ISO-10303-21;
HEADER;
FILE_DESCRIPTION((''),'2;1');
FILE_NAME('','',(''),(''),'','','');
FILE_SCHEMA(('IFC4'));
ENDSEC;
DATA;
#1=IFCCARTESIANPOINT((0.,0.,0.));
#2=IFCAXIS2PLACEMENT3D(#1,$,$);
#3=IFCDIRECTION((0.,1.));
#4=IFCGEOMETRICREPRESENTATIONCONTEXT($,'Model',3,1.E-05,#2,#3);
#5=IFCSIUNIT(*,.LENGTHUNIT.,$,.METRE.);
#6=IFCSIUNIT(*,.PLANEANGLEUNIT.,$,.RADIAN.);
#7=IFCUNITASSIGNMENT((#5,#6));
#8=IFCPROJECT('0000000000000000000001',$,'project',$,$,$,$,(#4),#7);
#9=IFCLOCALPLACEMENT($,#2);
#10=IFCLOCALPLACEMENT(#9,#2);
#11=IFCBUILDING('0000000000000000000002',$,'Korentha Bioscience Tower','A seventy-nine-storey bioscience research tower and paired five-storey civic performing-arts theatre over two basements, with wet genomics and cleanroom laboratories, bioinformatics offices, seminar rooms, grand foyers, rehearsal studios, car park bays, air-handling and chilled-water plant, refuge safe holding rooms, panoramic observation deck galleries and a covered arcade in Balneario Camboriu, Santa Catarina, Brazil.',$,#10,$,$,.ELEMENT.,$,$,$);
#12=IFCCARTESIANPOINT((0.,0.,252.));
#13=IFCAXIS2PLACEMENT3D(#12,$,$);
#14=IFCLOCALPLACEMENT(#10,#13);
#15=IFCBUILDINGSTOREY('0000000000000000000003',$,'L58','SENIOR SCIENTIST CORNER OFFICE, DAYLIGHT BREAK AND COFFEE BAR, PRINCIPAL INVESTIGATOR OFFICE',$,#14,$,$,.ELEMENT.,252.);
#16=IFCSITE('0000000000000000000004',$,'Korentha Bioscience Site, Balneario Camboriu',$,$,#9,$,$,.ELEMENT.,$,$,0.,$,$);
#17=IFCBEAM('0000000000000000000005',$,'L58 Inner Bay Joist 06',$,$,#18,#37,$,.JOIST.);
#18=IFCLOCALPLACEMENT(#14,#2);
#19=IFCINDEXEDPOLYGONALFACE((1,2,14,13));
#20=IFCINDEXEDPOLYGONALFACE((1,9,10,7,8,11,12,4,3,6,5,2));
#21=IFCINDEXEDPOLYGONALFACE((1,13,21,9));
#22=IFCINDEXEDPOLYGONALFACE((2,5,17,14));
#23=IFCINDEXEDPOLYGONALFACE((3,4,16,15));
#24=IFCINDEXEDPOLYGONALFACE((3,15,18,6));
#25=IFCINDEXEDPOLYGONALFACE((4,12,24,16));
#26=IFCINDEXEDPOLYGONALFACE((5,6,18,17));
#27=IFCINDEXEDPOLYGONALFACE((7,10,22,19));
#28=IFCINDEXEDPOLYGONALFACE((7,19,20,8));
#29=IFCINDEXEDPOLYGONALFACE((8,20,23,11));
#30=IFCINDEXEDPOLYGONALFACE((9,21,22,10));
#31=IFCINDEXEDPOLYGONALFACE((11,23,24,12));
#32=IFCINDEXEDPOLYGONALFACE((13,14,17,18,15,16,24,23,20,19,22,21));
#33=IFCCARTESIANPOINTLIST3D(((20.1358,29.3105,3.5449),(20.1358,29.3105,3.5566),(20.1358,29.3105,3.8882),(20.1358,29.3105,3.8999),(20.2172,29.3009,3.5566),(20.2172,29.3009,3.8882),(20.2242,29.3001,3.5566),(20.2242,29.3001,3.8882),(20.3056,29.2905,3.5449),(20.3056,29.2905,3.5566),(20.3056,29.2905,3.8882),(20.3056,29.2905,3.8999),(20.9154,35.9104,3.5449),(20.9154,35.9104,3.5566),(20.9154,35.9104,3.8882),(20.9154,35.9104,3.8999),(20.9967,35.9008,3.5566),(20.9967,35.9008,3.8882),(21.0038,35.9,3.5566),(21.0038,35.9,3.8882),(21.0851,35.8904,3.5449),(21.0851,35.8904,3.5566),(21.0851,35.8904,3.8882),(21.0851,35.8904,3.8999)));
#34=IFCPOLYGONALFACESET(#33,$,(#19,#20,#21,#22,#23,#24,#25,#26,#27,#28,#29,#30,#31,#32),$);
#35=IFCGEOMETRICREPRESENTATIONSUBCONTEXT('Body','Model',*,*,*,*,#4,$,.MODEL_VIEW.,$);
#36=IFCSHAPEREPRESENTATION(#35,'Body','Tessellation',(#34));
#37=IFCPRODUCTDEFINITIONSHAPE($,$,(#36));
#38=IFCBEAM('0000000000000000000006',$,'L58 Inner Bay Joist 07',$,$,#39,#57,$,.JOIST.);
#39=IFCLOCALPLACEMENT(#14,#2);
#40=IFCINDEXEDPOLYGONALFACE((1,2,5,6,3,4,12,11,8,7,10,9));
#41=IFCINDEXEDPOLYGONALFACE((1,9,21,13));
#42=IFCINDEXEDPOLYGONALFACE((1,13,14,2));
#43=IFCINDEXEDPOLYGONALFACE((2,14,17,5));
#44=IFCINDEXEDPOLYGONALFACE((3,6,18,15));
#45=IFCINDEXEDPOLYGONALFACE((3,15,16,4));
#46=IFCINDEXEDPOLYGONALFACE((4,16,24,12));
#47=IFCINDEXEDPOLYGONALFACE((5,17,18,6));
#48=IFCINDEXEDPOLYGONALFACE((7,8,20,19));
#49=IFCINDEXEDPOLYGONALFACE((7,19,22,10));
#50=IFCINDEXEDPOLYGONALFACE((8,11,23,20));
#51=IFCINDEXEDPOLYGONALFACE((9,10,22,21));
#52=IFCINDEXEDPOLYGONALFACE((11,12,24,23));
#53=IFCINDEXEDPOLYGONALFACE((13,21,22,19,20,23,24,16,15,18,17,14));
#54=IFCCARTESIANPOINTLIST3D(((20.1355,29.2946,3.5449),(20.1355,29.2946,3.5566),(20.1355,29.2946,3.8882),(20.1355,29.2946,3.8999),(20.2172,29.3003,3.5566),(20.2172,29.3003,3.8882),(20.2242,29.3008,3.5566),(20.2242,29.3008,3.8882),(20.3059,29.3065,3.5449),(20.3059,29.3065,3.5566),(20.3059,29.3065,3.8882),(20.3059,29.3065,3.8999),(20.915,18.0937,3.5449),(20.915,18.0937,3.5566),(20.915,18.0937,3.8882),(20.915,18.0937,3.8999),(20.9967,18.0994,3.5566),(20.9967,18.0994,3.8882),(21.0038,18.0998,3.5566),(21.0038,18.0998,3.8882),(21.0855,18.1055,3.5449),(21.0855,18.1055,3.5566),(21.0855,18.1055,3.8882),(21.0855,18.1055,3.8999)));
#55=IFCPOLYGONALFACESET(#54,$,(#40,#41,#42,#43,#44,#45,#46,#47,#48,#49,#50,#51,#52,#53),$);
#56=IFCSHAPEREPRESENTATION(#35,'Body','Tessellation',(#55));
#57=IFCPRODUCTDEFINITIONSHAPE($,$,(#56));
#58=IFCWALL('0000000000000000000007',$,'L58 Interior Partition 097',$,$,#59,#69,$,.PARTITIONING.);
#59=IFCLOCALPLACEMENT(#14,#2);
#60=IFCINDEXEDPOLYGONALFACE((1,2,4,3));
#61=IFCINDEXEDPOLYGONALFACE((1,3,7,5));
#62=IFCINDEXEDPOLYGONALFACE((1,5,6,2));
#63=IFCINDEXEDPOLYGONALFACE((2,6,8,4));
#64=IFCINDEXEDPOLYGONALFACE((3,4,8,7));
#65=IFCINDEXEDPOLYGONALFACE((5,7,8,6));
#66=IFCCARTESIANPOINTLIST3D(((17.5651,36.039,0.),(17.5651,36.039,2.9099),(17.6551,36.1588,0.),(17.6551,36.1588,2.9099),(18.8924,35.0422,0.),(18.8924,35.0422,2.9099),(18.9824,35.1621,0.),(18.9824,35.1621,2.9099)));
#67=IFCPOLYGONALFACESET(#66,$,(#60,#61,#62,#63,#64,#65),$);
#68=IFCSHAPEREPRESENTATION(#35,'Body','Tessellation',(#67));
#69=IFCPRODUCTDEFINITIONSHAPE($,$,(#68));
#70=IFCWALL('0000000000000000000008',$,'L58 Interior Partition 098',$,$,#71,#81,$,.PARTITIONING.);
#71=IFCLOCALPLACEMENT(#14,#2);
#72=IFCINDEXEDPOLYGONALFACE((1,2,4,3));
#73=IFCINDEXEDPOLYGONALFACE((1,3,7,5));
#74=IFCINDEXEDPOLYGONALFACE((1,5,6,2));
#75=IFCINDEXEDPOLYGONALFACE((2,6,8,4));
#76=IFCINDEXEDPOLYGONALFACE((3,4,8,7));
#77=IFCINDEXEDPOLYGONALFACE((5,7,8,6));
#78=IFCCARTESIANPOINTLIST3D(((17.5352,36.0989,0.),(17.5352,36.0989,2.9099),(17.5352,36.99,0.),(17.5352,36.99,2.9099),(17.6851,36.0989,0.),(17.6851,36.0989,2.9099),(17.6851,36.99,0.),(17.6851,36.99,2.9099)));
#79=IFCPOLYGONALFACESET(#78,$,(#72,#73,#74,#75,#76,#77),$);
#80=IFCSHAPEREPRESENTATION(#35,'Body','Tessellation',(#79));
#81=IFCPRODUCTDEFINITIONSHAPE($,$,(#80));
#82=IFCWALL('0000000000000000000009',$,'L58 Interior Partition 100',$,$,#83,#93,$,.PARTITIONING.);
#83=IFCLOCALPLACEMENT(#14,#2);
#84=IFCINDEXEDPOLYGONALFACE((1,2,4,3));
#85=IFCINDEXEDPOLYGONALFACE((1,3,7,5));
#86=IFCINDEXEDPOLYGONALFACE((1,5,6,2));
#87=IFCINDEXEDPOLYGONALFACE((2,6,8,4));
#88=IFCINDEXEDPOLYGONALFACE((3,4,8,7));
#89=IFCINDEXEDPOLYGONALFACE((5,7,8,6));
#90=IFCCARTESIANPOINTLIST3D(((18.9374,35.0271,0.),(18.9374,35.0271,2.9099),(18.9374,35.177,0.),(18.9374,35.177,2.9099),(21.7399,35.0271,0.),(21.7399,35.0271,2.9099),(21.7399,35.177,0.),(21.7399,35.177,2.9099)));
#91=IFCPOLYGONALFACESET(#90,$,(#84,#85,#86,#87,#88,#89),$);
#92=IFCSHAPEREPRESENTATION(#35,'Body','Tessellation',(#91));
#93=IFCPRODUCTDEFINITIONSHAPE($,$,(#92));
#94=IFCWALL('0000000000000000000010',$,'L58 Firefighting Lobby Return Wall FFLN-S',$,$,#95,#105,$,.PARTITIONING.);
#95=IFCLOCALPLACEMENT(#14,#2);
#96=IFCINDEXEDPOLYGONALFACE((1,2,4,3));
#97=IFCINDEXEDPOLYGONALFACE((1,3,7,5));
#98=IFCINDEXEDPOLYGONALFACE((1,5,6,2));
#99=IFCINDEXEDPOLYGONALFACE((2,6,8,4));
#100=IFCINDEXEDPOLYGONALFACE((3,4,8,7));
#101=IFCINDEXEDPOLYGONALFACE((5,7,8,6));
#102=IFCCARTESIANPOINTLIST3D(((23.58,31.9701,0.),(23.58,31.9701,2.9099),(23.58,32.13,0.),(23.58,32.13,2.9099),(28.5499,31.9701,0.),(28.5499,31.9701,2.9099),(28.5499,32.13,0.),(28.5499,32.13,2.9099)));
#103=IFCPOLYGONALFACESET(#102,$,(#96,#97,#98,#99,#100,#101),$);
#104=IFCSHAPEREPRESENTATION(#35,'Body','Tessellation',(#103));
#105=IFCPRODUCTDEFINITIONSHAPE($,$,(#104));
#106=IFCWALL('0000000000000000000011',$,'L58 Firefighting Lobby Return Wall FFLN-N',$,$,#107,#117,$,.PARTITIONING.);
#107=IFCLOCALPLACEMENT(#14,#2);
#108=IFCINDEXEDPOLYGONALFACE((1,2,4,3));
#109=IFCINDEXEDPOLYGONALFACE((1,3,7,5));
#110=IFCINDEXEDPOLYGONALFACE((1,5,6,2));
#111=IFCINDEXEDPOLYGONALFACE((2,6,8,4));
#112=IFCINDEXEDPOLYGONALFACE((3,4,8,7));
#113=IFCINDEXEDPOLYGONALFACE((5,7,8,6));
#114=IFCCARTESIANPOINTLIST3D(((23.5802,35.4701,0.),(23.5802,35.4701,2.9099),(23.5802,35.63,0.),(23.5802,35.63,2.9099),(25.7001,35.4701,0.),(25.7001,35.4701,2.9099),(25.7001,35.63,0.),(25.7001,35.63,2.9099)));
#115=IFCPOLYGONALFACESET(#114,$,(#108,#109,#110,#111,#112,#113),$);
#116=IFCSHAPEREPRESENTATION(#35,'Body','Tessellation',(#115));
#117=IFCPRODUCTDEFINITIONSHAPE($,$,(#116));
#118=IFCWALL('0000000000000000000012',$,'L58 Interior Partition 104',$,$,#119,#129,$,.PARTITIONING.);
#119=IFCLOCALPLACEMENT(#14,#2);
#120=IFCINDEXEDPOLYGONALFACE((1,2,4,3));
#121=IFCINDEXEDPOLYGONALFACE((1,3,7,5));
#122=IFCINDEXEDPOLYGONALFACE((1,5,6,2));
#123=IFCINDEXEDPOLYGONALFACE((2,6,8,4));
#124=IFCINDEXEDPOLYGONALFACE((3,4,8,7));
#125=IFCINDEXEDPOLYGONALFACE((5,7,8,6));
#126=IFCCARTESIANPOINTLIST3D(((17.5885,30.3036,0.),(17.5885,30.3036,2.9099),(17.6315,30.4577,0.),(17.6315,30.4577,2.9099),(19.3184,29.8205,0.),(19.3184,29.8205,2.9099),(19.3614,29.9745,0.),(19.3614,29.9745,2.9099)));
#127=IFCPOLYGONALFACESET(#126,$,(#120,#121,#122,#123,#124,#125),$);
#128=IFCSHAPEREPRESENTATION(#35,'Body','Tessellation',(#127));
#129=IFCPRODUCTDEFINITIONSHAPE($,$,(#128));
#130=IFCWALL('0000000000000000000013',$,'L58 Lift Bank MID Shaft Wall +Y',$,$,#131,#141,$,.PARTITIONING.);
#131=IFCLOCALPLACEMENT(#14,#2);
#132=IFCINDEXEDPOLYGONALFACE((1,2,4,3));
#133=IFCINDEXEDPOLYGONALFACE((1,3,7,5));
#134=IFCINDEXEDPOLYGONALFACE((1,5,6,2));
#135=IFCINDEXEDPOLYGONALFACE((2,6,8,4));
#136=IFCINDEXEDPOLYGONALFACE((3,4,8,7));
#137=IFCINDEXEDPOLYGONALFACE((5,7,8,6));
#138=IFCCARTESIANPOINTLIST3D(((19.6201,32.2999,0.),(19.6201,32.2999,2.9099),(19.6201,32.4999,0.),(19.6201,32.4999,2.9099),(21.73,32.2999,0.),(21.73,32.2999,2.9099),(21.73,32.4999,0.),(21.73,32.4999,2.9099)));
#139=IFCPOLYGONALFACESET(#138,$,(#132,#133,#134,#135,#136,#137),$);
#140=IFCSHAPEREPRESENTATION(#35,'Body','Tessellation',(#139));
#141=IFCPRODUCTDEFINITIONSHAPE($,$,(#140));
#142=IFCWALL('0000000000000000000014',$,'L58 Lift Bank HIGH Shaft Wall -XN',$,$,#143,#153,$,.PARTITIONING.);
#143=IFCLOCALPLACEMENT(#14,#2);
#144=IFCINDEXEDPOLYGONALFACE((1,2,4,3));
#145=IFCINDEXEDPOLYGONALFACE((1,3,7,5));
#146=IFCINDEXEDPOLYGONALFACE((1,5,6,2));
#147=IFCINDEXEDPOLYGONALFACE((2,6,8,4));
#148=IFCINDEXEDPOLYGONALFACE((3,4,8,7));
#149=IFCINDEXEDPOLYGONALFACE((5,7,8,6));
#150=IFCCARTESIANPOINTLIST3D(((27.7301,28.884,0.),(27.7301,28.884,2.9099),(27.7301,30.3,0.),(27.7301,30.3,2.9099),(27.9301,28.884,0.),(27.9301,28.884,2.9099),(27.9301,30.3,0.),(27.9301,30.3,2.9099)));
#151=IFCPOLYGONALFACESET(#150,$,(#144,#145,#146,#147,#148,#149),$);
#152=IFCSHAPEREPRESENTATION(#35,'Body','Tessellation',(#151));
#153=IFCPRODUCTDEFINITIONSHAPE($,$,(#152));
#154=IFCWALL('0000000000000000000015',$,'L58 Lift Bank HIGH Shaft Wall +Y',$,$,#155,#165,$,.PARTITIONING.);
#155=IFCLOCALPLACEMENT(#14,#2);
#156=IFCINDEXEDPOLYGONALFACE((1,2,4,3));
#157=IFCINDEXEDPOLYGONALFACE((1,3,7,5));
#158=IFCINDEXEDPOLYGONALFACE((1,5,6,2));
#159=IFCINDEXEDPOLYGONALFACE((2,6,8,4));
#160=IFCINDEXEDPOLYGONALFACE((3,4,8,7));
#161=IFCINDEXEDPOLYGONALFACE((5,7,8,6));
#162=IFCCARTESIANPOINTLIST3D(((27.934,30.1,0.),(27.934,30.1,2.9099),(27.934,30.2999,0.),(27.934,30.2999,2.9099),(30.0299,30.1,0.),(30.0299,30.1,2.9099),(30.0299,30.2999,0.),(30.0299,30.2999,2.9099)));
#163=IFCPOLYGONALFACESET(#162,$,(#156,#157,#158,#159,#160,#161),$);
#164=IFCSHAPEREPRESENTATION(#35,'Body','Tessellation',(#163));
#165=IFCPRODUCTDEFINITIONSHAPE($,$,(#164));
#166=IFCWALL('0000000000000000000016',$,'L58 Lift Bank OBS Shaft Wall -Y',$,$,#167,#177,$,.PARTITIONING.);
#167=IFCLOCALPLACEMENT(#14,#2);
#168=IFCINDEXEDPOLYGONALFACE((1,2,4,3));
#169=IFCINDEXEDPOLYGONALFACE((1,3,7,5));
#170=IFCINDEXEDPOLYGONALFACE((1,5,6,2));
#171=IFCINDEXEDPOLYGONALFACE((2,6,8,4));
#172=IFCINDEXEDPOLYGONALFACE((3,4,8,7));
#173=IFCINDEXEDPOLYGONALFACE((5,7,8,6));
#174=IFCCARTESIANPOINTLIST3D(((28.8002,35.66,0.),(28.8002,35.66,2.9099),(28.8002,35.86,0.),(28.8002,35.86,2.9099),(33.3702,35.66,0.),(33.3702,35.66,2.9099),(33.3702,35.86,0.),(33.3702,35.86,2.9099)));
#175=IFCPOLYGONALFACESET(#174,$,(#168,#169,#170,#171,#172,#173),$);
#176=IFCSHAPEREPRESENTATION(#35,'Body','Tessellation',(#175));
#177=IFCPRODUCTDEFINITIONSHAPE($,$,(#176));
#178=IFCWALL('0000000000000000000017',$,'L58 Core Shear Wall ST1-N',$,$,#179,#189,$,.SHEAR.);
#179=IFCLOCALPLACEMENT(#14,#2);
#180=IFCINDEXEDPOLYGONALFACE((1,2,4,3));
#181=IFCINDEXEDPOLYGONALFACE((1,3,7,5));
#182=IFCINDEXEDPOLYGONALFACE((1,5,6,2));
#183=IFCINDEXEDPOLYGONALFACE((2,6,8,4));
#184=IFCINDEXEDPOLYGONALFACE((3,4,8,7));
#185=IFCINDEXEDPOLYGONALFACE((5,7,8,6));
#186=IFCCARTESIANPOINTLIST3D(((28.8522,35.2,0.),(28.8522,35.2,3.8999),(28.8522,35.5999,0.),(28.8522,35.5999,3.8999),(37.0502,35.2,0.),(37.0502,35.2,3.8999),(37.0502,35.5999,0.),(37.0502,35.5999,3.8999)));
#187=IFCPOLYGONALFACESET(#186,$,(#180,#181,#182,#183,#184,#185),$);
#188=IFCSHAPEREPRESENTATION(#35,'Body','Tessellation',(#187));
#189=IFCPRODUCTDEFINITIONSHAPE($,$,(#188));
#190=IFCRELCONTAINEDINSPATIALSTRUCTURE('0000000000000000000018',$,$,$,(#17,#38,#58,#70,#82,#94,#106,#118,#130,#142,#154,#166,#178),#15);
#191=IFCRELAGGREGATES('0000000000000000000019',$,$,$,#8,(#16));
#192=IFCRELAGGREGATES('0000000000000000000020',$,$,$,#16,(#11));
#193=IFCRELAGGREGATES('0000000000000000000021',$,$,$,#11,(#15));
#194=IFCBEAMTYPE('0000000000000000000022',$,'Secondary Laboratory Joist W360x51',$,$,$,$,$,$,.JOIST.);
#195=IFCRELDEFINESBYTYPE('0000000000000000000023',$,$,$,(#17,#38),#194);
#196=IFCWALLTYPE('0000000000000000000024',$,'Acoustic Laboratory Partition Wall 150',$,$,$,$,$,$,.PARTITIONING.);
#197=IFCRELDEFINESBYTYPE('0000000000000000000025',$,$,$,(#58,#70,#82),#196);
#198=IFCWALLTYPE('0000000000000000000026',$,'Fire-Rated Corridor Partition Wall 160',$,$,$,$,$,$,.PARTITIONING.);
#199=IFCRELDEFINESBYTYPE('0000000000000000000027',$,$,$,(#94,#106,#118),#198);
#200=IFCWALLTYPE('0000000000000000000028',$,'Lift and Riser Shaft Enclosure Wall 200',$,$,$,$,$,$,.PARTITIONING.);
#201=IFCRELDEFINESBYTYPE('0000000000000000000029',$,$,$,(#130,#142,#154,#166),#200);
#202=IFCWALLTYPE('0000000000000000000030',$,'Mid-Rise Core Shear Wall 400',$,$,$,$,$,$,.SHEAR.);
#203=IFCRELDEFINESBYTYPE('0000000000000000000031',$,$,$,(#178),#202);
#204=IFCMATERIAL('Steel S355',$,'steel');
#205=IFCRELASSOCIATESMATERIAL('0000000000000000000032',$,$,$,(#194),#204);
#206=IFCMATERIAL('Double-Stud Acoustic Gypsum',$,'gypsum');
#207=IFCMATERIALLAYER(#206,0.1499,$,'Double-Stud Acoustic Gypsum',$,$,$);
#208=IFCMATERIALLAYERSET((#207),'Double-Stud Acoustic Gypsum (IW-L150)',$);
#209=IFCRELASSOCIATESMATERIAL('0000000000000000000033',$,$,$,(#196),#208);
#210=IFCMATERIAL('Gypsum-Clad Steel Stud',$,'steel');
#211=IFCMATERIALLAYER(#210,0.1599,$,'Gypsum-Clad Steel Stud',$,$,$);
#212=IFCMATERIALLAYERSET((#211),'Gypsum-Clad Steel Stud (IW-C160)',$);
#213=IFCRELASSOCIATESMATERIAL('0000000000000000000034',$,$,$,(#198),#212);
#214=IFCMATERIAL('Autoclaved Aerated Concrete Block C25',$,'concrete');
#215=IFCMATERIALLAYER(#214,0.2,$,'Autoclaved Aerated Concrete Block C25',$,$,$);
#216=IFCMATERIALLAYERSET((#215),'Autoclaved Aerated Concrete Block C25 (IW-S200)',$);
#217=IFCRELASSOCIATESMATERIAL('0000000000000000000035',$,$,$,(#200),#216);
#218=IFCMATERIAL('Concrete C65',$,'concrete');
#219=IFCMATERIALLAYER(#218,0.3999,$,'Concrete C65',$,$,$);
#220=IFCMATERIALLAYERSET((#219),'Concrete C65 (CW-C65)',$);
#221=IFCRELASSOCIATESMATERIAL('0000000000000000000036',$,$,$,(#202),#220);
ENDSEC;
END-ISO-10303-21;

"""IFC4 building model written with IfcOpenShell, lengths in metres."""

from ifc_helpers import new_model, si_unit, direction, frame, frame_2d, origin, origin_2d, place, context, subcontext, project, spatial, rectangle, i_section, extrude, material, layer, layer_set, material_profile, profile_set, type_object, element, save


model = new_model("IFC4")

# Units and contexts
model_context = context("Model", 3, precision=1e-05, world=origin(), true_north=direction((0.0, 1.0)))
body_context = subcontext(model_context, "Body", "Model", "MODEL_VIEW")
ifc_project = project(units=[si_unit("LENGTHUNIT", "METRE"), si_unit("PLANEANGLEUNIT", "RADIAN")], contexts=[model_context])

# Site, building, storey
site_placement = place(None, origin())
site = spatial("IfcSite", under=ifc_project, at=site_placement, Name="Korentha Bioscience Site, Balneario Camboriu", CompositionType="ELEMENT", RefElevation=0.0)
building_placement = place(site_placement, origin())
building = spatial("IfcBuilding", under=site, at=building_placement, Name="Korentha Bioscience Tower", Description="A seventy-nine-storey bioscience research tower and paired five-storey civic performing-arts theatre over two basements, with wet genomics and cleanroom laboratories, bioinformatics offices, seminar rooms, grand foyers, rehearsal studios, car park bays, air-handling and chilled-water plant, refuge safe holding rooms, panoramic observation deck galleries and a covered arcade in Balneario Camboriu, Santa Catarina, Brazil.", CompositionType="ELEMENT")
storey_placement = place(building_placement, frame((0.0, 0.0, 252.0)))
storey = spatial("IfcBuildingStorey", under=building, at=storey_placement, Name="L58", Description="SENIOR SCIENTIST CORNER OFFICE, DAYLIGHT BREAK AND COFFEE BAR, PRINCIPAL INVESTIGATOR OFFICE", CompositionType="ELEMENT", Elevation=252.0)

# Shared definitions
ifc_material_1 = material(Name="Concrete C65", Category="concrete")

# Beams
ifc_material_2 = material(Name="Steel S355", Category="steel")
ifc_material_profile_1 = material_profile(ifc_material_2, i_section(OverallWidth=0.1709, OverallDepth=0.355, WebThickness=0.0071, FlangeThickness=0.0117, at=origin_2d()), Name="Steel S355")
ifc_profile_set_1 = profile_set([ifc_material_profile_1], Name="Steel S355 (JB-360)")
beam_type_1 = type_object("IfcBeamType", Name="Secondary Laboratory Joist W360x51", PredefinedType="JOIST", material=ifc_profile_set_1)
beam_1_placement = place(storey_placement, frame((21.0002, 35.9004, 3.7224), z_axis=(-0.1173, -0.993097, 0.0), x_axis=(0.993097, -0.1173, 0.0)))
element("IfcBeam", 1, at=beam_1_placement, inside=storey, type_object=beam_type_1, Name="L58 Inner Bay Joist 06", PredefinedType="JOIST", context=body_context, shape_type="SweptSolid", body=[
    extrude(i_section(OverallWidth=0.1709, OverallDepth=0.355, WebThickness=0.0071, FlangeThickness=0.0117, at=origin_2d()), origin(), (0.0, 0.0, 1.0), 6.6458),
])
beam_2_placement = place(storey_placement, frame((20.2207, 29.3005, 3.7224), z_axis=(0.069428, -0.997587, 0.0), x_axis=(0.997587, 0.069428, 0.0)))
element("IfcBeam", 2, at=beam_2_placement, inside=storey, type_object=beam_type_1, Name="L58 Inner Bay Joist 07", PredefinedType="JOIST", context=body_context, shape_type="SweptSolid", body=[
    extrude(i_section(OverallWidth=0.1709, OverallDepth=0.355, WebThickness=0.0071, FlangeThickness=0.0117, at=origin_2d()), origin(), (0.0, 0.0, 1.0), 11.228),
])

# Walls
ifc_material_3 = material(Name="Double-Stud Acoustic Gypsum", Category="gypsum")
ifc_layer_1 = layer(ifc_material_3, 0.1499, Name="Double-Stud Acoustic Gypsum")
ifc_layer_set_1 = layer_set([ifc_layer_1], Name="Double-Stud Acoustic Gypsum (IW-L150)")
wall_type_1 = type_object("IfcWallType", Name="Acoustic Laboratory Partition Wall 150", PredefinedType="PARTITIONING", material=ifc_layer_set_1)
wall_1_placement = place(storey_placement, frame((18.9375, 35.1021, 0.0), z_axis=(0.0, 0.0, 1.0), x_axis=(-0.799629, 0.600494, 0.0)))
element("IfcWall", 3, at=wall_1_placement, inside=storey, type_object=wall_type_1, Name="L58 Interior Partition 097", PredefinedType="PARTITIONING", context=body_context, shape_type="SweptSolid", body=[
    extrude(rectangle(XDim=1.6599, YDim=0.1499, at=frame_2d((0.8301, 0.0))), origin(), (0.0, 0.0, 1.0), 2.9099),
])
wall_2_placement = place(storey_placement, frame((17.6101, 36.0989, 0.0), z_axis=(0.0, 0.0, 1.0), x_axis=(0.0, 1.0, 0.0)))
element("IfcWall", 4, at=wall_2_placement, inside=storey, type_object=wall_type_1, Name="L58 Interior Partition 098", PredefinedType="PARTITIONING", context=body_context, shape_type="SweptSolid", body=[
    extrude(rectangle(XDim=0.8911, YDim=0.1499, at=frame_2d((0.4456, 0.0))), origin(), (0.0, 0.0, 1.0), 2.9099),
])
wall_3_placement = place(storey_placement, frame((21.74, 35.1021, 0.0), z_axis=(0.0, 0.0, 1.0), x_axis=(-1.0, 0.0, 0.0)))
element("IfcWall", 5, at=wall_3_placement, inside=storey, type_object=wall_type_1, Name="L58 Interior Partition 100", PredefinedType="PARTITIONING", context=body_context, shape_type="SweptSolid", body=[
    extrude(rectangle(XDim=2.8025, YDim=0.1499, at=frame_2d((1.4014, 0.0))), origin(), (0.0, 0.0, 1.0), 2.9099),
])

# Shared definitions
ifc_material_4 = material(Name="Gypsum-Clad Steel Stud", Category="steel")
ifc_layer_2 = layer(ifc_material_4, 0.1599, Name="Gypsum-Clad Steel Stud")
ifc_layer_set_2 = layer_set([ifc_layer_2], Name="Gypsum-Clad Steel Stud (IW-C160)")
wall_type_2 = type_object("IfcWallType", Name="Fire-Rated Corridor Partition Wall 160", PredefinedType="PARTITIONING", material=ifc_layer_set_2)

# Walls
wall_4_placement = place(storey_placement, frame((23.5801, 32.05, 0.0), z_axis=(0.0, 0.0, 1.0), x_axis=(1.0, 0.0, 0.0)))
element("IfcWall", 6, at=wall_4_placement, inside=storey, type_object=wall_type_2, Name="L58 Firefighting Lobby Return Wall FFLN-S", PredefinedType="PARTITIONING", context=body_context, shape_type="SweptSolid", body=[
    extrude(rectangle(XDim=4.97, YDim=0.1599, at=frame_2d((2.4849, 0.0))), origin(), (0.0, 0.0, 1.0), 2.9099),
])
wall_5_placement = place(storey_placement, frame((23.5801, 35.55, 0.0), z_axis=(0.0, 0.0, 1.0), x_axis=(1.0, 0.0, 0.0)))
element("IfcWall", 7, at=wall_5_placement, inside=storey, type_object=wall_type_2, Name="L58 Firefighting Lobby Return Wall FFLN-N", PredefinedType="PARTITIONING", context=body_context, shape_type="SweptSolid", body=[
    extrude(rectangle(XDim=2.1199, YDim=0.1599, at=frame_2d((1.0601, 0.0))), origin(), (0.0, 0.0, 1.0), 2.9099),
])
wall_6_placement = place(storey_placement, frame((17.6101, 30.3806, 0.0), z_axis=(0.0, 0.0, 1.0), x_axis=(0.963143, -0.26899, 0.0)))
element("IfcWall", 8, at=wall_6_placement, inside=storey, type_object=wall_type_2, Name="L58 Interior Partition 104", PredefinedType="PARTITIONING", context=body_context, shape_type="SweptSolid", body=[
    extrude(rectangle(XDim=1.7961, YDim=0.1599, at=frame_2d((0.8979, 0.0))), origin(), (0.0, 0.0, 1.0), 2.9099),
])
ifc_material_5 = material(Name="Autoclaved Aerated Concrete Block C25", Category="concrete")
ifc_layer_3 = layer(ifc_material_5, 0.2, Name="Autoclaved Aerated Concrete Block C25")
ifc_layer_set_3 = layer_set([ifc_layer_3], Name="Autoclaved Aerated Concrete Block C25 (IW-S200)")
wall_type_3 = type_object("IfcWallType", Name="Lift and Riser Shaft Enclosure Wall 200", PredefinedType="PARTITIONING", material=ifc_layer_set_3)
wall_7_placement = place(storey_placement, frame((19.6201, 32.3999, 0.0), z_axis=(0.0, 0.0, 1.0), x_axis=(1.0, 0.0, 0.0)))
element("IfcWall", 9, at=wall_7_placement, inside=storey, type_object=wall_type_3, Name="L58 Lift Bank MID Shaft Wall +Y", PredefinedType="PARTITIONING", context=body_context, shape_type="SweptSolid", body=[
    extrude(rectangle(XDim=2.1099, YDim=0.2, at=frame_2d((1.0549, 0.0))), origin(), (0.0, 0.0, 1.0), 2.9099),
])
wall_8_placement = place(storey_placement, frame((27.8301, 28.884, 0.0), z_axis=(0.0, 0.0, 1.0), x_axis=(0.0, 1.0, 0.0)))
element("IfcWall", 10, at=wall_8_placement, inside=storey, type_object=wall_type_3, Name="L58 Lift Bank HIGH Shaft Wall -XN", PredefinedType="PARTITIONING", context=body_context, shape_type="SweptSolid", body=[
    extrude(rectangle(XDim=1.416, YDim=0.2, at=frame_2d((0.708, 0.0))), origin(), (0.0, 0.0, 1.0), 2.9099),
])
wall_9_placement = place(storey_placement, frame((27.9341, 30.2, 0.0), z_axis=(0.0, 0.0, 1.0), x_axis=(1.0, 0.0, 0.0)))
element("IfcWall", 11, at=wall_9_placement, inside=storey, type_object=wall_type_3, Name="L58 Lift Bank HIGH Shaft Wall +Y", PredefinedType="PARTITIONING", context=body_context, shape_type="SweptSolid", body=[
    extrude(rectangle(XDim=2.0959, YDim=0.2, at=frame_2d((1.0479, 0.0))), origin(), (0.0, 0.0, 1.0), 2.9099),
])
wall_10_placement = place(storey_placement, frame((28.8, 35.76, 0.0), z_axis=(0.0, 0.0, 1.0), x_axis=(1.0, 0.0, 0.0)))
element("IfcWall", 12, at=wall_10_placement, inside=storey, type_object=wall_type_3, Name="L58 Lift Bank OBS Shaft Wall -Y", PredefinedType="PARTITIONING", context=body_context, shape_type="SweptSolid", body=[
    extrude(rectangle(XDim=4.5701, YDim=0.2, at=frame_2d((2.2852, 0.0))), origin(), (0.0, 0.0, 1.0), 2.9099),
])
ifc_layer_4 = layer(ifc_material_1, 0.3999, Name="Concrete C65")
ifc_layer_set_4 = layer_set([ifc_layer_4], Name="Concrete C65 (CW-C65)")
wall_type_4 = type_object("IfcWallType", Name="Mid-Rise Core Shear Wall 400", PredefinedType="SHEAR", material=ifc_layer_set_4)
wall_11_placement = place(storey_placement, frame((28.8521, 35.3999, 0.0), z_axis=(0.0, 0.0, 1.0), x_axis=(1.0, 0.0, 0.0)))
element("IfcWall", 13, at=wall_11_placement, inside=storey, type_object=wall_type_4, Name="L58 Core Shear Wall ST1-N", PredefinedType="SHEAR", context=body_context, shape_type="SweptSolid", body=[
    extrude(rectangle(XDim=8.198, YDim=0.3999, at=frame_2d((4.0991, 0.0))), origin(), (0.0, 0.0, 1.0), 3.8999),
])

save(model, "model.ifc")
